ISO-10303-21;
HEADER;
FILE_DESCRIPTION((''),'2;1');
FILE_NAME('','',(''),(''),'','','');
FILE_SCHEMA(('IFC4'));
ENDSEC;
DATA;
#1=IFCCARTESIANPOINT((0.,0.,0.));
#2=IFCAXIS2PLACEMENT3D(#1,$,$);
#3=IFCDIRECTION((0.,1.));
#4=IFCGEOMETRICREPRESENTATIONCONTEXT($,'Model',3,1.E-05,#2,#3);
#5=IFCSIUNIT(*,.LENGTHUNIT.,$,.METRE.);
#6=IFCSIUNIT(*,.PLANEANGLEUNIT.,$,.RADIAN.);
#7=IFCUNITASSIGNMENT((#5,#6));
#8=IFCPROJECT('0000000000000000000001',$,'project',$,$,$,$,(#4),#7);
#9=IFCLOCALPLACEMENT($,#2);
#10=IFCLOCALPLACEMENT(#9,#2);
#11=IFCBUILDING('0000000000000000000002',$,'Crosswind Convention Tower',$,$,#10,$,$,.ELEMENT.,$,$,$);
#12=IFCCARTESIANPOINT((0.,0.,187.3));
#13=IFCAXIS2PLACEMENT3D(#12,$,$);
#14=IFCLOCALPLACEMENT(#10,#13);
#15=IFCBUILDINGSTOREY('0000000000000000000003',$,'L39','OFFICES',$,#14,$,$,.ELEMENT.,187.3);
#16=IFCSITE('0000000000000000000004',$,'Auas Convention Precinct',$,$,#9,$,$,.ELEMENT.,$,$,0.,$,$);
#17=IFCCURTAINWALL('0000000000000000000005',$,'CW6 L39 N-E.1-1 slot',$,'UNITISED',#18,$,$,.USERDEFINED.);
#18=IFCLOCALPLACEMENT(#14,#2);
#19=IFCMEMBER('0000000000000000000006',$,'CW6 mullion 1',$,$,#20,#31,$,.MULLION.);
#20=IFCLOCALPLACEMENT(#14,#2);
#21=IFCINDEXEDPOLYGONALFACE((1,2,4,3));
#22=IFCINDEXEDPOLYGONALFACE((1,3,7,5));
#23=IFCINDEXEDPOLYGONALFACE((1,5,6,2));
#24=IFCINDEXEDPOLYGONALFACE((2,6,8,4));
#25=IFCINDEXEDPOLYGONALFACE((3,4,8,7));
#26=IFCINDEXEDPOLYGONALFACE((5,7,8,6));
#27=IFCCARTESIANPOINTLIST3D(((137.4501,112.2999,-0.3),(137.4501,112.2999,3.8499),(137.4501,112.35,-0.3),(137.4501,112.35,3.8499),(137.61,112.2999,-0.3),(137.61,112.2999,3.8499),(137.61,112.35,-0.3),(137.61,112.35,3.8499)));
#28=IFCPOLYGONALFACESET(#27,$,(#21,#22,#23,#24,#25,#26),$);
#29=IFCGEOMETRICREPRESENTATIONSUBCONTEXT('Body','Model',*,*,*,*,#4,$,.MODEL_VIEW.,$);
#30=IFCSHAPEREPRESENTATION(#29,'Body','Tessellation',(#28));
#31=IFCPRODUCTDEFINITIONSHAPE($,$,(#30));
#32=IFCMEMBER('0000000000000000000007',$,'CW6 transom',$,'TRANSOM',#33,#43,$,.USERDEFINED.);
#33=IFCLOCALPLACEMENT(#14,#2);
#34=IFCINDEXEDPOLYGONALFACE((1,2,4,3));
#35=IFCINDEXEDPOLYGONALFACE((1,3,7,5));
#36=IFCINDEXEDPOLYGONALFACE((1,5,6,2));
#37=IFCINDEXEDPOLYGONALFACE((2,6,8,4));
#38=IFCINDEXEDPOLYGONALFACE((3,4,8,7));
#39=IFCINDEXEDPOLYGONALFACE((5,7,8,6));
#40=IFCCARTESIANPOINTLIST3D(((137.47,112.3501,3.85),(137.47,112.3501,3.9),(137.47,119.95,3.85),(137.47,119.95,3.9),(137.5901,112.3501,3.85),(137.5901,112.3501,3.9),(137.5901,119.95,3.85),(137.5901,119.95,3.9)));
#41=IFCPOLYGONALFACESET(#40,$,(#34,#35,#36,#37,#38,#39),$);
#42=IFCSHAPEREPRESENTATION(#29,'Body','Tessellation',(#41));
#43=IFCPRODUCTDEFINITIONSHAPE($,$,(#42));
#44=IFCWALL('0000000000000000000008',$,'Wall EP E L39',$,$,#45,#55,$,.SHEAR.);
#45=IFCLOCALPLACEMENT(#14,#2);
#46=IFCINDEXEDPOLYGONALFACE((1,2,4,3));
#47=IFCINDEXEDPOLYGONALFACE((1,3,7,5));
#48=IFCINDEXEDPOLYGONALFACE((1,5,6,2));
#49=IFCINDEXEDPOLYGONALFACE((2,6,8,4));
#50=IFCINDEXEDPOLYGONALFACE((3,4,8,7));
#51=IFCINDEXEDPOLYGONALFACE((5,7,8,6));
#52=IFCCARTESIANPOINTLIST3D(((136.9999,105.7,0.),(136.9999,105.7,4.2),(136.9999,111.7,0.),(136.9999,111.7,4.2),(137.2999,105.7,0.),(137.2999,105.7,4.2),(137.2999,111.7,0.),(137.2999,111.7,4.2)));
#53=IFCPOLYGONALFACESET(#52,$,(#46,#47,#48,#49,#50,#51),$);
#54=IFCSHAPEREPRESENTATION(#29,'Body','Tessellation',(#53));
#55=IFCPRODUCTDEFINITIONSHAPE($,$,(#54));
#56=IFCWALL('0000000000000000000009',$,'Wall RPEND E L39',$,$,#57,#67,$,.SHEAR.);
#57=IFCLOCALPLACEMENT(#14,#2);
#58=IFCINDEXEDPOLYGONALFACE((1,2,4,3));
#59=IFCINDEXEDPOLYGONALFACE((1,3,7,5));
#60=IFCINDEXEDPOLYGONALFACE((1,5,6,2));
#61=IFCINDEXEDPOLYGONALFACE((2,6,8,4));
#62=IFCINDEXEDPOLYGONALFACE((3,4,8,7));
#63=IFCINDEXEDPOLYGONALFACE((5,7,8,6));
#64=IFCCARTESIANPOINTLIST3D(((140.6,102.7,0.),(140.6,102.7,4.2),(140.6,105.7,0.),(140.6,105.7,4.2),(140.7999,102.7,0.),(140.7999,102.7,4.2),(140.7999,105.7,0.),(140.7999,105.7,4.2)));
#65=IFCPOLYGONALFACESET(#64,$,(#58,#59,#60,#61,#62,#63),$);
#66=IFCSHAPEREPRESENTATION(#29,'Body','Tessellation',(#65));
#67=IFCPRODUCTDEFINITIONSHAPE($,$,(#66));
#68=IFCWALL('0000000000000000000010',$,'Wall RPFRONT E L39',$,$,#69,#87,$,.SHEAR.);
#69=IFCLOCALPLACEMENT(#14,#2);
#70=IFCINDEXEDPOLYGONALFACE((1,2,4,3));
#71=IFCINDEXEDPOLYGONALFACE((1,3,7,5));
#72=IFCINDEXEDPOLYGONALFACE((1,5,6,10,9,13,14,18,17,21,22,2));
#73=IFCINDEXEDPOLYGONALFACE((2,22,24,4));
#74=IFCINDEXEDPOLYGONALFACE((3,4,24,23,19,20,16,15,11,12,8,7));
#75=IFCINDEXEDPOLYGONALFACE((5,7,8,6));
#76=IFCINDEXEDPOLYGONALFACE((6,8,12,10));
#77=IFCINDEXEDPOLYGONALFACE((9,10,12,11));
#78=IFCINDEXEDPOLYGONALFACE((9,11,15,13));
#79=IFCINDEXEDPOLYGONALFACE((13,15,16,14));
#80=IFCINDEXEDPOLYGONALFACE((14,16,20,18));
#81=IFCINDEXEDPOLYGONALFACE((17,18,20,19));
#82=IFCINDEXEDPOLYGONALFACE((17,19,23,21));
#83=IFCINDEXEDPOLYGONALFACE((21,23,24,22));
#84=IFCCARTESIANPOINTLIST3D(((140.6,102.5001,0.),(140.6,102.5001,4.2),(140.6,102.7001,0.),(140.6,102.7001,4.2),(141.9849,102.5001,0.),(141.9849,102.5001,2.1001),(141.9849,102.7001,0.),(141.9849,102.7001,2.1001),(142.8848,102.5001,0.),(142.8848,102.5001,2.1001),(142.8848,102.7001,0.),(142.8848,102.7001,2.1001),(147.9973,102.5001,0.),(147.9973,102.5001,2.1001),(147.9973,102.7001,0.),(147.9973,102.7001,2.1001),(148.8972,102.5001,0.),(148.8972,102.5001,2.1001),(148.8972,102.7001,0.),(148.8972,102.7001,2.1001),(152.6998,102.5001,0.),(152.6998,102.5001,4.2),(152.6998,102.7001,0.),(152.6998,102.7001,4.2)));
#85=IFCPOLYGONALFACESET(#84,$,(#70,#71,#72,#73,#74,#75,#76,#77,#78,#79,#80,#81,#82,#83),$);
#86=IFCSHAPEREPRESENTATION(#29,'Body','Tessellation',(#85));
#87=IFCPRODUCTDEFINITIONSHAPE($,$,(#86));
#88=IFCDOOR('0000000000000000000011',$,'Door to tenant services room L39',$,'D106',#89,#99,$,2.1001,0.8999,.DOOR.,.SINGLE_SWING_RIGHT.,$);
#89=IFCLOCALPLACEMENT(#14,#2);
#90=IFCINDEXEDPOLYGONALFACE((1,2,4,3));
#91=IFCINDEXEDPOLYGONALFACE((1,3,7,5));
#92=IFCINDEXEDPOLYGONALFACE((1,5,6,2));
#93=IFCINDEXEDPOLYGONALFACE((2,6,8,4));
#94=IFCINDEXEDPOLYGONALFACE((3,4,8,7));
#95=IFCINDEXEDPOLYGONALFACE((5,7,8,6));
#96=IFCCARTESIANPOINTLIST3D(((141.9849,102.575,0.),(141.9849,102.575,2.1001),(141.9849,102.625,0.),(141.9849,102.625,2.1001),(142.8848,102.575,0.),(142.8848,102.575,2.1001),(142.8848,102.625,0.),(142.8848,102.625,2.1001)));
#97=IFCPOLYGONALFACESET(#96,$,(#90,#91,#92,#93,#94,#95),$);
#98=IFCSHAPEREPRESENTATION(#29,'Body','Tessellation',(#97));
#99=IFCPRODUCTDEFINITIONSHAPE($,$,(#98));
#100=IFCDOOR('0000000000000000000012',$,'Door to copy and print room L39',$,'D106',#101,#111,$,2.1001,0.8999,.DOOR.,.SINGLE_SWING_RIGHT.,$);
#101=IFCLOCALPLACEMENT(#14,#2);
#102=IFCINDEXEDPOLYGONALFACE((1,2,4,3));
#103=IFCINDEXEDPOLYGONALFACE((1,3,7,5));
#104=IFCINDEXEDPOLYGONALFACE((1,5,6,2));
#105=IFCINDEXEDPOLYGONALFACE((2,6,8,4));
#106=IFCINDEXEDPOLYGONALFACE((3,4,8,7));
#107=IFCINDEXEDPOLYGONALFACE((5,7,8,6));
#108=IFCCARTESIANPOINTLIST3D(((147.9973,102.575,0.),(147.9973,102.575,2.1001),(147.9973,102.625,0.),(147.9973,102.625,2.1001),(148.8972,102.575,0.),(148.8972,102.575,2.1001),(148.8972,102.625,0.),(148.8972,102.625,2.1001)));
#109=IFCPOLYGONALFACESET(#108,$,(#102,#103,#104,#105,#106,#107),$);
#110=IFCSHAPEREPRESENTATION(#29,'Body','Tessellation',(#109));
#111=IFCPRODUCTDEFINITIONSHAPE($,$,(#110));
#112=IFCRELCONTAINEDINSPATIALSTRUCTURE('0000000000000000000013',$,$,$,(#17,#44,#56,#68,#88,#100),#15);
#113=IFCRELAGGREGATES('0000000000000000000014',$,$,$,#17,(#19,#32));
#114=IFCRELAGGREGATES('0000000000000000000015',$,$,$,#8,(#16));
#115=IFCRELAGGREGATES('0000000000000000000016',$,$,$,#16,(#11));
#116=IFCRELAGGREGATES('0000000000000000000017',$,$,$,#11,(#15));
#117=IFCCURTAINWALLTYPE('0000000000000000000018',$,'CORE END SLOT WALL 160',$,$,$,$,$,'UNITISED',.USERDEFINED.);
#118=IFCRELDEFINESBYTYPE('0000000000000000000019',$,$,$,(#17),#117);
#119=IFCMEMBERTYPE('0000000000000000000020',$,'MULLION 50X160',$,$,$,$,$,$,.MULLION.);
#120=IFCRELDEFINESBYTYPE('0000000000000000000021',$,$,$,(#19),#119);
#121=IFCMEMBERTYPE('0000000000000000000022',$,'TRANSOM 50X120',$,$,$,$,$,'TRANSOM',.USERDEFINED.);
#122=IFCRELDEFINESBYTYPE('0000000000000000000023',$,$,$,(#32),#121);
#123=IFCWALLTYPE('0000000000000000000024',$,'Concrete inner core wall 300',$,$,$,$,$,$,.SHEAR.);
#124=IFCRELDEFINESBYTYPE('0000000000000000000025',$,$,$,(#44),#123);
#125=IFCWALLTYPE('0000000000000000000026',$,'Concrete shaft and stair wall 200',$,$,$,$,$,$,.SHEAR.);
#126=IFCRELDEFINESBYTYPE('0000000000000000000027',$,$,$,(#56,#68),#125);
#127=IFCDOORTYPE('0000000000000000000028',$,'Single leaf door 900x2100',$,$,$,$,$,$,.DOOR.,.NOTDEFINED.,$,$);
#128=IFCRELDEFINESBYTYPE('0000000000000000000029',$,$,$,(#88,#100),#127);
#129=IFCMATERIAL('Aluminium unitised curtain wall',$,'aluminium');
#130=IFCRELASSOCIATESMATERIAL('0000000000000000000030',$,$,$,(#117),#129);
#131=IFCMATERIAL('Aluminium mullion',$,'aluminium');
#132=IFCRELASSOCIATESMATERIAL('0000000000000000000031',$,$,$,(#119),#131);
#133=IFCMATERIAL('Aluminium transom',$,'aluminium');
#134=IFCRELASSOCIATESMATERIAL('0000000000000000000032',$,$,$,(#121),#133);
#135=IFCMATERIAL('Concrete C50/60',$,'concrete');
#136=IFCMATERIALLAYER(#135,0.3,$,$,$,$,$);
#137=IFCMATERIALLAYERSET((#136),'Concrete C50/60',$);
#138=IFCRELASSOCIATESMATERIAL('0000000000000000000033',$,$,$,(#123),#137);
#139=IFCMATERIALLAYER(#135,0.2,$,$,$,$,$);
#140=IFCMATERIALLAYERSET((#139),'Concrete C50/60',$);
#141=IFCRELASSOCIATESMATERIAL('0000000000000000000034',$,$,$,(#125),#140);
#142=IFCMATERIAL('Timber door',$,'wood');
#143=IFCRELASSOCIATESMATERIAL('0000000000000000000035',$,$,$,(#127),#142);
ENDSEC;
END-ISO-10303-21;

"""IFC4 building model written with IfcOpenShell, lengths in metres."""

from ifc_helpers import new_model, si_unit, direction, frame, frame_2d, origin, origin_2d, place, context, subcontext, project, spatial, rectangle, extrude, material, layer, layer_set, material_profile, profile_set, type_object, element, fill, aggregate, save


model = new_model("IFC4")

# Units and contexts
model_context = context("Model", 3, precision=1e-05, world=origin(), true_north=direction((0.0, 1.0)))
body_context = subcontext(model_context, "Body", "Model", "MODEL_VIEW")
ifc_project = project(units=[si_unit("LENGTHUNIT", "METRE"), si_unit("PLANEANGLEUNIT", "RADIAN")], contexts=[model_context])

# Site, building, storey
site_placement = place(None, origin())
site = spatial("IfcSite", under=ifc_project, at=site_placement, Name="Auas Convention Precinct", CompositionType="ELEMENT", RefElevation=0.0)
building_placement = place(site_placement, origin())
building = spatial("IfcBuilding", under=site, at=building_placement, Name="Crosswind Convention Tower", CompositionType="ELEMENT")
storey_placement = place(building_placement, frame((0.0, 0.0, 187.3)))
storey = spatial("IfcBuildingStorey", under=building, at=storey_placement, Name="L39", Description="OFFICES", CompositionType="ELEMENT", Elevation=187.3)

# Curtain wall, members
ifc_material_1 = material(Name="Aluminium unitised curtain wall", Category="aluminium")
curtain_wall_type = type_object("IfcCurtainWallType", Name="CORE END SLOT WALL 160", ElementType="UNITISED", PredefinedType="USERDEFINED", material=ifc_material_1)
curtain_wall_placement = place(storey_placement, origin())
curtain_wall = element("IfcCurtainWall", 1, at=curtain_wall_placement, inside=storey, type_object=curtain_wall_type, Name="CW6 L39 N-E.1-1 slot", ObjectType="UNITISED", PredefinedType="USERDEFINED")
ifc_material_2 = material(Name="Aluminium mullion", Category="aluminium")
ifc_material_profile_1 = material_profile(ifc_material_2, rectangle(XDim=0.1599, YDim=0.05, at=origin_2d()), Name="AL 160X50")
ifc_profile_set_1 = profile_set([ifc_material_profile_1], Name="Aluminium mullion")
member_type_1 = type_object("IfcMemberType", Name="MULLION 50X160", PredefinedType="MULLION", material=ifc_profile_set_1)
member_1_placement = place(storey_placement, frame((137.53, 112.325, -0.3), z_axis=(0.0, 0.0, 1.0), x_axis=(1.0, 0.0, 0.0)))
member_1 = element("IfcMember", 2, at=member_1_placement, type_object=member_type_1, Name="CW6 mullion 1", PredefinedType="MULLION", context=body_context, shape_type="SweptSolid", body=[
    extrude(rectangle(XDim=0.1599, YDim=0.05, at=origin_2d()), origin(), (0.0, 0.0, 1.0), 4.1499),
])
ifc_material_3 = material(Name="Aluminium transom", Category="aluminium")
ifc_material_profile_2 = material_profile(ifc_material_3, rectangle(XDim=0.1201, YDim=0.05, at=origin_2d()), Name="AL 120X50")
ifc_profile_set_2 = profile_set([ifc_material_profile_2], Name="Aluminium transom")
member_type_2 = type_object("IfcMemberType", Name="TRANSOM 50X120", ElementType="TRANSOM", PredefinedType="USERDEFINED", material=ifc_profile_set_2)
member_2_placement = place(storey_placement, frame((137.53, 112.3501, 3.875), z_axis=(0.0, 1.0, 0.0), x_axis=(-1.0, 0.0, 0.0)))
member_2 = element("IfcMember", 3, at=member_2_placement, type_object=member_type_2, Name="CW6 transom", ObjectType="TRANSOM", PredefinedType="USERDEFINED", context=body_context, shape_type="SweptSolid", body=[
    extrude(rectangle(XDim=0.1201, YDim=0.05, at=origin_2d()), origin(), (0.0, 0.0, 1.0), 7.5999),
])
aggregate(curtain_wall, [member_1, member_2])

# Walls
ifc_material_4 = material(Name="Concrete C50/60", Category="concrete")
ifc_layer_1 = layer(ifc_material_4, 0.3)
ifc_layer_set_1 = layer_set([ifc_layer_1], Name="Concrete C50/60")
wall_type_1 = type_object("IfcWallType", Name="Concrete inner core wall 300", PredefinedType="SHEAR", material=ifc_layer_set_1)
wall_1_placement = place(storey_placement, frame((137.1499, 105.7, 0.0), z_axis=(0.0, 0.0, 1.0), x_axis=(0.0, 1.0, 0.0)))
element("IfcWall", 4, at=wall_1_placement, inside=storey, type_object=wall_type_1, Name="Wall EP E L39", PredefinedType="SHEAR", context=body_context, shape_type="SweptSolid", body=[
    extrude(rectangle(XDim=6.0, YDim=0.3, at=frame_2d((3.0, 0.0))), origin(), (0.0, 0.0, 1.0), 4.2),
])
ifc_layer_2 = layer(ifc_material_4, 0.2)
ifc_layer_set_2 = layer_set([ifc_layer_2], Name="Concrete C50/60")
wall_type_2 = type_object("IfcWallType", Name="Concrete shaft and stair wall 200", PredefinedType="SHEAR", material=ifc_layer_set_2)
wall_2_placement = place(storey_placement, frame((140.7, 102.7, 0.0), z_axis=(0.0, 0.0, 1.0), x_axis=(0.0, 1.0, 0.0)))
element("IfcWall", 5, at=wall_2_placement, inside=storey, type_object=wall_type_2, Name="Wall RPEND E L39", PredefinedType="SHEAR", context=body_context, shape_type="SweptSolid", body=[
    extrude(rectangle(XDim=3.0, YDim=0.2, at=frame_2d((1.5, 0.0))), origin(), (0.0, 0.0, 1.0), 4.2),
])

# Wall, openings, doors
wall_3_placement = place(storey_placement, frame((140.6001, 102.6001, 0.0), z_axis=(0.0, 0.0, 1.0), x_axis=(1.0, 0.0, 0.0)))
wall_3 = element("IfcWall", 6, at=wall_3_placement, inside=storey, type_object=wall_type_2, Name="Wall RPFRONT E L39", PredefinedType="SHEAR", context=body_context, shape_type="SweptSolid", body=[
    extrude(rectangle(XDim=12.0999, YDim=0.2, at=frame_2d((6.0498, 0.0))), origin(), (0.0, 0.0, 1.0), 4.2),
])
opening_1_placement = place(wall_3_placement, frame((1.3848, 0.0, 0.0)))
opening_1 = element("IfcOpeningElement", 7, at=opening_1_placement, cuts=wall_3, PredefinedType="OPENING", context=body_context, shape_type="SweptSolid", body=[
    extrude(rectangle(XDim=0.8999, YDim=2.1001, at=frame_2d((0.45, 1.05))), frame((0.0, 0.1099, 0.0), z_axis=(0.0, -1.0, 0.0), x_axis=(1.0, 0.0, 0.0)), (0.0, 0.0, 1.0), 0.22),
])
opening_2_placement = place(wall_3_placement, frame((7.3972, 0.0, 0.0)))
opening_2 = element("IfcOpeningElement", 8, at=opening_2_placement, cuts=wall_3, PredefinedType="OPENING", context=body_context, shape_type="SweptSolid", body=[
    extrude(rectangle(XDim=0.8999, YDim=2.1001, at=frame_2d((0.45, 1.05))), frame((0.0, 0.1099, 0.0), z_axis=(0.0, -1.0, 0.0), x_axis=(1.0, 0.0, 0.0)), (0.0, 0.0, 1.0), 0.22),
])
ifc_material_5 = material(Name="Timber door", Category="wood")
door_type_1 = type_object("IfcDoorType", Name="Single leaf door 900x2100", OperationType="NOTDEFINED", PredefinedType="DOOR", material=ifc_material_5)
door_1_placement = place(opening_1_placement, origin())
door_1 = element("IfcDoor", 9, at=door_1_placement, inside=storey, type_object=door_type_1, Name="Door to tenant services room L39", ObjectType="D106", OperationType="SINGLE_SWING_RIGHT", OverallHeight=2.1001, OverallWidth=0.8999, PredefinedType="DOOR", context=body_context, shape_type="SweptSolid", body=[
    extrude(rectangle(XDim=0.8999, YDim=2.1001, at=frame_2d((0.45, 1.05))), frame((0.0, 0.0249, 0.0), z_axis=(0.0, -1.0, 0.0), x_axis=(1.0, 0.0, 0.0)), (0.0, 0.0, 1.0), 0.05),
])
fill(opening_1, door_1)
door_2_placement = place(opening_2_placement, origin())
door_2 = element("IfcDoor", 10, at=door_2_placement, inside=storey, type_object=door_type_1, Name="Door to copy and print room L39", ObjectType="D106", OperationType="SINGLE_SWING_RIGHT", OverallHeight=2.1001, OverallWidth=0.8999, PredefinedType="DOOR", context=body_context, shape_type="SweptSolid", body=[
    extrude(rectangle(XDim=0.8999, YDim=2.1001, at=frame_2d((0.45, 1.05))), frame((0.0, 0.0249, 0.0), z_axis=(0.0, -1.0, 0.0), x_axis=(1.0, 0.0, 0.0)), (0.0, 0.0, 1.0), 0.05),
])
fill(opening_2, door_2)

save(model, "model.ifc")
